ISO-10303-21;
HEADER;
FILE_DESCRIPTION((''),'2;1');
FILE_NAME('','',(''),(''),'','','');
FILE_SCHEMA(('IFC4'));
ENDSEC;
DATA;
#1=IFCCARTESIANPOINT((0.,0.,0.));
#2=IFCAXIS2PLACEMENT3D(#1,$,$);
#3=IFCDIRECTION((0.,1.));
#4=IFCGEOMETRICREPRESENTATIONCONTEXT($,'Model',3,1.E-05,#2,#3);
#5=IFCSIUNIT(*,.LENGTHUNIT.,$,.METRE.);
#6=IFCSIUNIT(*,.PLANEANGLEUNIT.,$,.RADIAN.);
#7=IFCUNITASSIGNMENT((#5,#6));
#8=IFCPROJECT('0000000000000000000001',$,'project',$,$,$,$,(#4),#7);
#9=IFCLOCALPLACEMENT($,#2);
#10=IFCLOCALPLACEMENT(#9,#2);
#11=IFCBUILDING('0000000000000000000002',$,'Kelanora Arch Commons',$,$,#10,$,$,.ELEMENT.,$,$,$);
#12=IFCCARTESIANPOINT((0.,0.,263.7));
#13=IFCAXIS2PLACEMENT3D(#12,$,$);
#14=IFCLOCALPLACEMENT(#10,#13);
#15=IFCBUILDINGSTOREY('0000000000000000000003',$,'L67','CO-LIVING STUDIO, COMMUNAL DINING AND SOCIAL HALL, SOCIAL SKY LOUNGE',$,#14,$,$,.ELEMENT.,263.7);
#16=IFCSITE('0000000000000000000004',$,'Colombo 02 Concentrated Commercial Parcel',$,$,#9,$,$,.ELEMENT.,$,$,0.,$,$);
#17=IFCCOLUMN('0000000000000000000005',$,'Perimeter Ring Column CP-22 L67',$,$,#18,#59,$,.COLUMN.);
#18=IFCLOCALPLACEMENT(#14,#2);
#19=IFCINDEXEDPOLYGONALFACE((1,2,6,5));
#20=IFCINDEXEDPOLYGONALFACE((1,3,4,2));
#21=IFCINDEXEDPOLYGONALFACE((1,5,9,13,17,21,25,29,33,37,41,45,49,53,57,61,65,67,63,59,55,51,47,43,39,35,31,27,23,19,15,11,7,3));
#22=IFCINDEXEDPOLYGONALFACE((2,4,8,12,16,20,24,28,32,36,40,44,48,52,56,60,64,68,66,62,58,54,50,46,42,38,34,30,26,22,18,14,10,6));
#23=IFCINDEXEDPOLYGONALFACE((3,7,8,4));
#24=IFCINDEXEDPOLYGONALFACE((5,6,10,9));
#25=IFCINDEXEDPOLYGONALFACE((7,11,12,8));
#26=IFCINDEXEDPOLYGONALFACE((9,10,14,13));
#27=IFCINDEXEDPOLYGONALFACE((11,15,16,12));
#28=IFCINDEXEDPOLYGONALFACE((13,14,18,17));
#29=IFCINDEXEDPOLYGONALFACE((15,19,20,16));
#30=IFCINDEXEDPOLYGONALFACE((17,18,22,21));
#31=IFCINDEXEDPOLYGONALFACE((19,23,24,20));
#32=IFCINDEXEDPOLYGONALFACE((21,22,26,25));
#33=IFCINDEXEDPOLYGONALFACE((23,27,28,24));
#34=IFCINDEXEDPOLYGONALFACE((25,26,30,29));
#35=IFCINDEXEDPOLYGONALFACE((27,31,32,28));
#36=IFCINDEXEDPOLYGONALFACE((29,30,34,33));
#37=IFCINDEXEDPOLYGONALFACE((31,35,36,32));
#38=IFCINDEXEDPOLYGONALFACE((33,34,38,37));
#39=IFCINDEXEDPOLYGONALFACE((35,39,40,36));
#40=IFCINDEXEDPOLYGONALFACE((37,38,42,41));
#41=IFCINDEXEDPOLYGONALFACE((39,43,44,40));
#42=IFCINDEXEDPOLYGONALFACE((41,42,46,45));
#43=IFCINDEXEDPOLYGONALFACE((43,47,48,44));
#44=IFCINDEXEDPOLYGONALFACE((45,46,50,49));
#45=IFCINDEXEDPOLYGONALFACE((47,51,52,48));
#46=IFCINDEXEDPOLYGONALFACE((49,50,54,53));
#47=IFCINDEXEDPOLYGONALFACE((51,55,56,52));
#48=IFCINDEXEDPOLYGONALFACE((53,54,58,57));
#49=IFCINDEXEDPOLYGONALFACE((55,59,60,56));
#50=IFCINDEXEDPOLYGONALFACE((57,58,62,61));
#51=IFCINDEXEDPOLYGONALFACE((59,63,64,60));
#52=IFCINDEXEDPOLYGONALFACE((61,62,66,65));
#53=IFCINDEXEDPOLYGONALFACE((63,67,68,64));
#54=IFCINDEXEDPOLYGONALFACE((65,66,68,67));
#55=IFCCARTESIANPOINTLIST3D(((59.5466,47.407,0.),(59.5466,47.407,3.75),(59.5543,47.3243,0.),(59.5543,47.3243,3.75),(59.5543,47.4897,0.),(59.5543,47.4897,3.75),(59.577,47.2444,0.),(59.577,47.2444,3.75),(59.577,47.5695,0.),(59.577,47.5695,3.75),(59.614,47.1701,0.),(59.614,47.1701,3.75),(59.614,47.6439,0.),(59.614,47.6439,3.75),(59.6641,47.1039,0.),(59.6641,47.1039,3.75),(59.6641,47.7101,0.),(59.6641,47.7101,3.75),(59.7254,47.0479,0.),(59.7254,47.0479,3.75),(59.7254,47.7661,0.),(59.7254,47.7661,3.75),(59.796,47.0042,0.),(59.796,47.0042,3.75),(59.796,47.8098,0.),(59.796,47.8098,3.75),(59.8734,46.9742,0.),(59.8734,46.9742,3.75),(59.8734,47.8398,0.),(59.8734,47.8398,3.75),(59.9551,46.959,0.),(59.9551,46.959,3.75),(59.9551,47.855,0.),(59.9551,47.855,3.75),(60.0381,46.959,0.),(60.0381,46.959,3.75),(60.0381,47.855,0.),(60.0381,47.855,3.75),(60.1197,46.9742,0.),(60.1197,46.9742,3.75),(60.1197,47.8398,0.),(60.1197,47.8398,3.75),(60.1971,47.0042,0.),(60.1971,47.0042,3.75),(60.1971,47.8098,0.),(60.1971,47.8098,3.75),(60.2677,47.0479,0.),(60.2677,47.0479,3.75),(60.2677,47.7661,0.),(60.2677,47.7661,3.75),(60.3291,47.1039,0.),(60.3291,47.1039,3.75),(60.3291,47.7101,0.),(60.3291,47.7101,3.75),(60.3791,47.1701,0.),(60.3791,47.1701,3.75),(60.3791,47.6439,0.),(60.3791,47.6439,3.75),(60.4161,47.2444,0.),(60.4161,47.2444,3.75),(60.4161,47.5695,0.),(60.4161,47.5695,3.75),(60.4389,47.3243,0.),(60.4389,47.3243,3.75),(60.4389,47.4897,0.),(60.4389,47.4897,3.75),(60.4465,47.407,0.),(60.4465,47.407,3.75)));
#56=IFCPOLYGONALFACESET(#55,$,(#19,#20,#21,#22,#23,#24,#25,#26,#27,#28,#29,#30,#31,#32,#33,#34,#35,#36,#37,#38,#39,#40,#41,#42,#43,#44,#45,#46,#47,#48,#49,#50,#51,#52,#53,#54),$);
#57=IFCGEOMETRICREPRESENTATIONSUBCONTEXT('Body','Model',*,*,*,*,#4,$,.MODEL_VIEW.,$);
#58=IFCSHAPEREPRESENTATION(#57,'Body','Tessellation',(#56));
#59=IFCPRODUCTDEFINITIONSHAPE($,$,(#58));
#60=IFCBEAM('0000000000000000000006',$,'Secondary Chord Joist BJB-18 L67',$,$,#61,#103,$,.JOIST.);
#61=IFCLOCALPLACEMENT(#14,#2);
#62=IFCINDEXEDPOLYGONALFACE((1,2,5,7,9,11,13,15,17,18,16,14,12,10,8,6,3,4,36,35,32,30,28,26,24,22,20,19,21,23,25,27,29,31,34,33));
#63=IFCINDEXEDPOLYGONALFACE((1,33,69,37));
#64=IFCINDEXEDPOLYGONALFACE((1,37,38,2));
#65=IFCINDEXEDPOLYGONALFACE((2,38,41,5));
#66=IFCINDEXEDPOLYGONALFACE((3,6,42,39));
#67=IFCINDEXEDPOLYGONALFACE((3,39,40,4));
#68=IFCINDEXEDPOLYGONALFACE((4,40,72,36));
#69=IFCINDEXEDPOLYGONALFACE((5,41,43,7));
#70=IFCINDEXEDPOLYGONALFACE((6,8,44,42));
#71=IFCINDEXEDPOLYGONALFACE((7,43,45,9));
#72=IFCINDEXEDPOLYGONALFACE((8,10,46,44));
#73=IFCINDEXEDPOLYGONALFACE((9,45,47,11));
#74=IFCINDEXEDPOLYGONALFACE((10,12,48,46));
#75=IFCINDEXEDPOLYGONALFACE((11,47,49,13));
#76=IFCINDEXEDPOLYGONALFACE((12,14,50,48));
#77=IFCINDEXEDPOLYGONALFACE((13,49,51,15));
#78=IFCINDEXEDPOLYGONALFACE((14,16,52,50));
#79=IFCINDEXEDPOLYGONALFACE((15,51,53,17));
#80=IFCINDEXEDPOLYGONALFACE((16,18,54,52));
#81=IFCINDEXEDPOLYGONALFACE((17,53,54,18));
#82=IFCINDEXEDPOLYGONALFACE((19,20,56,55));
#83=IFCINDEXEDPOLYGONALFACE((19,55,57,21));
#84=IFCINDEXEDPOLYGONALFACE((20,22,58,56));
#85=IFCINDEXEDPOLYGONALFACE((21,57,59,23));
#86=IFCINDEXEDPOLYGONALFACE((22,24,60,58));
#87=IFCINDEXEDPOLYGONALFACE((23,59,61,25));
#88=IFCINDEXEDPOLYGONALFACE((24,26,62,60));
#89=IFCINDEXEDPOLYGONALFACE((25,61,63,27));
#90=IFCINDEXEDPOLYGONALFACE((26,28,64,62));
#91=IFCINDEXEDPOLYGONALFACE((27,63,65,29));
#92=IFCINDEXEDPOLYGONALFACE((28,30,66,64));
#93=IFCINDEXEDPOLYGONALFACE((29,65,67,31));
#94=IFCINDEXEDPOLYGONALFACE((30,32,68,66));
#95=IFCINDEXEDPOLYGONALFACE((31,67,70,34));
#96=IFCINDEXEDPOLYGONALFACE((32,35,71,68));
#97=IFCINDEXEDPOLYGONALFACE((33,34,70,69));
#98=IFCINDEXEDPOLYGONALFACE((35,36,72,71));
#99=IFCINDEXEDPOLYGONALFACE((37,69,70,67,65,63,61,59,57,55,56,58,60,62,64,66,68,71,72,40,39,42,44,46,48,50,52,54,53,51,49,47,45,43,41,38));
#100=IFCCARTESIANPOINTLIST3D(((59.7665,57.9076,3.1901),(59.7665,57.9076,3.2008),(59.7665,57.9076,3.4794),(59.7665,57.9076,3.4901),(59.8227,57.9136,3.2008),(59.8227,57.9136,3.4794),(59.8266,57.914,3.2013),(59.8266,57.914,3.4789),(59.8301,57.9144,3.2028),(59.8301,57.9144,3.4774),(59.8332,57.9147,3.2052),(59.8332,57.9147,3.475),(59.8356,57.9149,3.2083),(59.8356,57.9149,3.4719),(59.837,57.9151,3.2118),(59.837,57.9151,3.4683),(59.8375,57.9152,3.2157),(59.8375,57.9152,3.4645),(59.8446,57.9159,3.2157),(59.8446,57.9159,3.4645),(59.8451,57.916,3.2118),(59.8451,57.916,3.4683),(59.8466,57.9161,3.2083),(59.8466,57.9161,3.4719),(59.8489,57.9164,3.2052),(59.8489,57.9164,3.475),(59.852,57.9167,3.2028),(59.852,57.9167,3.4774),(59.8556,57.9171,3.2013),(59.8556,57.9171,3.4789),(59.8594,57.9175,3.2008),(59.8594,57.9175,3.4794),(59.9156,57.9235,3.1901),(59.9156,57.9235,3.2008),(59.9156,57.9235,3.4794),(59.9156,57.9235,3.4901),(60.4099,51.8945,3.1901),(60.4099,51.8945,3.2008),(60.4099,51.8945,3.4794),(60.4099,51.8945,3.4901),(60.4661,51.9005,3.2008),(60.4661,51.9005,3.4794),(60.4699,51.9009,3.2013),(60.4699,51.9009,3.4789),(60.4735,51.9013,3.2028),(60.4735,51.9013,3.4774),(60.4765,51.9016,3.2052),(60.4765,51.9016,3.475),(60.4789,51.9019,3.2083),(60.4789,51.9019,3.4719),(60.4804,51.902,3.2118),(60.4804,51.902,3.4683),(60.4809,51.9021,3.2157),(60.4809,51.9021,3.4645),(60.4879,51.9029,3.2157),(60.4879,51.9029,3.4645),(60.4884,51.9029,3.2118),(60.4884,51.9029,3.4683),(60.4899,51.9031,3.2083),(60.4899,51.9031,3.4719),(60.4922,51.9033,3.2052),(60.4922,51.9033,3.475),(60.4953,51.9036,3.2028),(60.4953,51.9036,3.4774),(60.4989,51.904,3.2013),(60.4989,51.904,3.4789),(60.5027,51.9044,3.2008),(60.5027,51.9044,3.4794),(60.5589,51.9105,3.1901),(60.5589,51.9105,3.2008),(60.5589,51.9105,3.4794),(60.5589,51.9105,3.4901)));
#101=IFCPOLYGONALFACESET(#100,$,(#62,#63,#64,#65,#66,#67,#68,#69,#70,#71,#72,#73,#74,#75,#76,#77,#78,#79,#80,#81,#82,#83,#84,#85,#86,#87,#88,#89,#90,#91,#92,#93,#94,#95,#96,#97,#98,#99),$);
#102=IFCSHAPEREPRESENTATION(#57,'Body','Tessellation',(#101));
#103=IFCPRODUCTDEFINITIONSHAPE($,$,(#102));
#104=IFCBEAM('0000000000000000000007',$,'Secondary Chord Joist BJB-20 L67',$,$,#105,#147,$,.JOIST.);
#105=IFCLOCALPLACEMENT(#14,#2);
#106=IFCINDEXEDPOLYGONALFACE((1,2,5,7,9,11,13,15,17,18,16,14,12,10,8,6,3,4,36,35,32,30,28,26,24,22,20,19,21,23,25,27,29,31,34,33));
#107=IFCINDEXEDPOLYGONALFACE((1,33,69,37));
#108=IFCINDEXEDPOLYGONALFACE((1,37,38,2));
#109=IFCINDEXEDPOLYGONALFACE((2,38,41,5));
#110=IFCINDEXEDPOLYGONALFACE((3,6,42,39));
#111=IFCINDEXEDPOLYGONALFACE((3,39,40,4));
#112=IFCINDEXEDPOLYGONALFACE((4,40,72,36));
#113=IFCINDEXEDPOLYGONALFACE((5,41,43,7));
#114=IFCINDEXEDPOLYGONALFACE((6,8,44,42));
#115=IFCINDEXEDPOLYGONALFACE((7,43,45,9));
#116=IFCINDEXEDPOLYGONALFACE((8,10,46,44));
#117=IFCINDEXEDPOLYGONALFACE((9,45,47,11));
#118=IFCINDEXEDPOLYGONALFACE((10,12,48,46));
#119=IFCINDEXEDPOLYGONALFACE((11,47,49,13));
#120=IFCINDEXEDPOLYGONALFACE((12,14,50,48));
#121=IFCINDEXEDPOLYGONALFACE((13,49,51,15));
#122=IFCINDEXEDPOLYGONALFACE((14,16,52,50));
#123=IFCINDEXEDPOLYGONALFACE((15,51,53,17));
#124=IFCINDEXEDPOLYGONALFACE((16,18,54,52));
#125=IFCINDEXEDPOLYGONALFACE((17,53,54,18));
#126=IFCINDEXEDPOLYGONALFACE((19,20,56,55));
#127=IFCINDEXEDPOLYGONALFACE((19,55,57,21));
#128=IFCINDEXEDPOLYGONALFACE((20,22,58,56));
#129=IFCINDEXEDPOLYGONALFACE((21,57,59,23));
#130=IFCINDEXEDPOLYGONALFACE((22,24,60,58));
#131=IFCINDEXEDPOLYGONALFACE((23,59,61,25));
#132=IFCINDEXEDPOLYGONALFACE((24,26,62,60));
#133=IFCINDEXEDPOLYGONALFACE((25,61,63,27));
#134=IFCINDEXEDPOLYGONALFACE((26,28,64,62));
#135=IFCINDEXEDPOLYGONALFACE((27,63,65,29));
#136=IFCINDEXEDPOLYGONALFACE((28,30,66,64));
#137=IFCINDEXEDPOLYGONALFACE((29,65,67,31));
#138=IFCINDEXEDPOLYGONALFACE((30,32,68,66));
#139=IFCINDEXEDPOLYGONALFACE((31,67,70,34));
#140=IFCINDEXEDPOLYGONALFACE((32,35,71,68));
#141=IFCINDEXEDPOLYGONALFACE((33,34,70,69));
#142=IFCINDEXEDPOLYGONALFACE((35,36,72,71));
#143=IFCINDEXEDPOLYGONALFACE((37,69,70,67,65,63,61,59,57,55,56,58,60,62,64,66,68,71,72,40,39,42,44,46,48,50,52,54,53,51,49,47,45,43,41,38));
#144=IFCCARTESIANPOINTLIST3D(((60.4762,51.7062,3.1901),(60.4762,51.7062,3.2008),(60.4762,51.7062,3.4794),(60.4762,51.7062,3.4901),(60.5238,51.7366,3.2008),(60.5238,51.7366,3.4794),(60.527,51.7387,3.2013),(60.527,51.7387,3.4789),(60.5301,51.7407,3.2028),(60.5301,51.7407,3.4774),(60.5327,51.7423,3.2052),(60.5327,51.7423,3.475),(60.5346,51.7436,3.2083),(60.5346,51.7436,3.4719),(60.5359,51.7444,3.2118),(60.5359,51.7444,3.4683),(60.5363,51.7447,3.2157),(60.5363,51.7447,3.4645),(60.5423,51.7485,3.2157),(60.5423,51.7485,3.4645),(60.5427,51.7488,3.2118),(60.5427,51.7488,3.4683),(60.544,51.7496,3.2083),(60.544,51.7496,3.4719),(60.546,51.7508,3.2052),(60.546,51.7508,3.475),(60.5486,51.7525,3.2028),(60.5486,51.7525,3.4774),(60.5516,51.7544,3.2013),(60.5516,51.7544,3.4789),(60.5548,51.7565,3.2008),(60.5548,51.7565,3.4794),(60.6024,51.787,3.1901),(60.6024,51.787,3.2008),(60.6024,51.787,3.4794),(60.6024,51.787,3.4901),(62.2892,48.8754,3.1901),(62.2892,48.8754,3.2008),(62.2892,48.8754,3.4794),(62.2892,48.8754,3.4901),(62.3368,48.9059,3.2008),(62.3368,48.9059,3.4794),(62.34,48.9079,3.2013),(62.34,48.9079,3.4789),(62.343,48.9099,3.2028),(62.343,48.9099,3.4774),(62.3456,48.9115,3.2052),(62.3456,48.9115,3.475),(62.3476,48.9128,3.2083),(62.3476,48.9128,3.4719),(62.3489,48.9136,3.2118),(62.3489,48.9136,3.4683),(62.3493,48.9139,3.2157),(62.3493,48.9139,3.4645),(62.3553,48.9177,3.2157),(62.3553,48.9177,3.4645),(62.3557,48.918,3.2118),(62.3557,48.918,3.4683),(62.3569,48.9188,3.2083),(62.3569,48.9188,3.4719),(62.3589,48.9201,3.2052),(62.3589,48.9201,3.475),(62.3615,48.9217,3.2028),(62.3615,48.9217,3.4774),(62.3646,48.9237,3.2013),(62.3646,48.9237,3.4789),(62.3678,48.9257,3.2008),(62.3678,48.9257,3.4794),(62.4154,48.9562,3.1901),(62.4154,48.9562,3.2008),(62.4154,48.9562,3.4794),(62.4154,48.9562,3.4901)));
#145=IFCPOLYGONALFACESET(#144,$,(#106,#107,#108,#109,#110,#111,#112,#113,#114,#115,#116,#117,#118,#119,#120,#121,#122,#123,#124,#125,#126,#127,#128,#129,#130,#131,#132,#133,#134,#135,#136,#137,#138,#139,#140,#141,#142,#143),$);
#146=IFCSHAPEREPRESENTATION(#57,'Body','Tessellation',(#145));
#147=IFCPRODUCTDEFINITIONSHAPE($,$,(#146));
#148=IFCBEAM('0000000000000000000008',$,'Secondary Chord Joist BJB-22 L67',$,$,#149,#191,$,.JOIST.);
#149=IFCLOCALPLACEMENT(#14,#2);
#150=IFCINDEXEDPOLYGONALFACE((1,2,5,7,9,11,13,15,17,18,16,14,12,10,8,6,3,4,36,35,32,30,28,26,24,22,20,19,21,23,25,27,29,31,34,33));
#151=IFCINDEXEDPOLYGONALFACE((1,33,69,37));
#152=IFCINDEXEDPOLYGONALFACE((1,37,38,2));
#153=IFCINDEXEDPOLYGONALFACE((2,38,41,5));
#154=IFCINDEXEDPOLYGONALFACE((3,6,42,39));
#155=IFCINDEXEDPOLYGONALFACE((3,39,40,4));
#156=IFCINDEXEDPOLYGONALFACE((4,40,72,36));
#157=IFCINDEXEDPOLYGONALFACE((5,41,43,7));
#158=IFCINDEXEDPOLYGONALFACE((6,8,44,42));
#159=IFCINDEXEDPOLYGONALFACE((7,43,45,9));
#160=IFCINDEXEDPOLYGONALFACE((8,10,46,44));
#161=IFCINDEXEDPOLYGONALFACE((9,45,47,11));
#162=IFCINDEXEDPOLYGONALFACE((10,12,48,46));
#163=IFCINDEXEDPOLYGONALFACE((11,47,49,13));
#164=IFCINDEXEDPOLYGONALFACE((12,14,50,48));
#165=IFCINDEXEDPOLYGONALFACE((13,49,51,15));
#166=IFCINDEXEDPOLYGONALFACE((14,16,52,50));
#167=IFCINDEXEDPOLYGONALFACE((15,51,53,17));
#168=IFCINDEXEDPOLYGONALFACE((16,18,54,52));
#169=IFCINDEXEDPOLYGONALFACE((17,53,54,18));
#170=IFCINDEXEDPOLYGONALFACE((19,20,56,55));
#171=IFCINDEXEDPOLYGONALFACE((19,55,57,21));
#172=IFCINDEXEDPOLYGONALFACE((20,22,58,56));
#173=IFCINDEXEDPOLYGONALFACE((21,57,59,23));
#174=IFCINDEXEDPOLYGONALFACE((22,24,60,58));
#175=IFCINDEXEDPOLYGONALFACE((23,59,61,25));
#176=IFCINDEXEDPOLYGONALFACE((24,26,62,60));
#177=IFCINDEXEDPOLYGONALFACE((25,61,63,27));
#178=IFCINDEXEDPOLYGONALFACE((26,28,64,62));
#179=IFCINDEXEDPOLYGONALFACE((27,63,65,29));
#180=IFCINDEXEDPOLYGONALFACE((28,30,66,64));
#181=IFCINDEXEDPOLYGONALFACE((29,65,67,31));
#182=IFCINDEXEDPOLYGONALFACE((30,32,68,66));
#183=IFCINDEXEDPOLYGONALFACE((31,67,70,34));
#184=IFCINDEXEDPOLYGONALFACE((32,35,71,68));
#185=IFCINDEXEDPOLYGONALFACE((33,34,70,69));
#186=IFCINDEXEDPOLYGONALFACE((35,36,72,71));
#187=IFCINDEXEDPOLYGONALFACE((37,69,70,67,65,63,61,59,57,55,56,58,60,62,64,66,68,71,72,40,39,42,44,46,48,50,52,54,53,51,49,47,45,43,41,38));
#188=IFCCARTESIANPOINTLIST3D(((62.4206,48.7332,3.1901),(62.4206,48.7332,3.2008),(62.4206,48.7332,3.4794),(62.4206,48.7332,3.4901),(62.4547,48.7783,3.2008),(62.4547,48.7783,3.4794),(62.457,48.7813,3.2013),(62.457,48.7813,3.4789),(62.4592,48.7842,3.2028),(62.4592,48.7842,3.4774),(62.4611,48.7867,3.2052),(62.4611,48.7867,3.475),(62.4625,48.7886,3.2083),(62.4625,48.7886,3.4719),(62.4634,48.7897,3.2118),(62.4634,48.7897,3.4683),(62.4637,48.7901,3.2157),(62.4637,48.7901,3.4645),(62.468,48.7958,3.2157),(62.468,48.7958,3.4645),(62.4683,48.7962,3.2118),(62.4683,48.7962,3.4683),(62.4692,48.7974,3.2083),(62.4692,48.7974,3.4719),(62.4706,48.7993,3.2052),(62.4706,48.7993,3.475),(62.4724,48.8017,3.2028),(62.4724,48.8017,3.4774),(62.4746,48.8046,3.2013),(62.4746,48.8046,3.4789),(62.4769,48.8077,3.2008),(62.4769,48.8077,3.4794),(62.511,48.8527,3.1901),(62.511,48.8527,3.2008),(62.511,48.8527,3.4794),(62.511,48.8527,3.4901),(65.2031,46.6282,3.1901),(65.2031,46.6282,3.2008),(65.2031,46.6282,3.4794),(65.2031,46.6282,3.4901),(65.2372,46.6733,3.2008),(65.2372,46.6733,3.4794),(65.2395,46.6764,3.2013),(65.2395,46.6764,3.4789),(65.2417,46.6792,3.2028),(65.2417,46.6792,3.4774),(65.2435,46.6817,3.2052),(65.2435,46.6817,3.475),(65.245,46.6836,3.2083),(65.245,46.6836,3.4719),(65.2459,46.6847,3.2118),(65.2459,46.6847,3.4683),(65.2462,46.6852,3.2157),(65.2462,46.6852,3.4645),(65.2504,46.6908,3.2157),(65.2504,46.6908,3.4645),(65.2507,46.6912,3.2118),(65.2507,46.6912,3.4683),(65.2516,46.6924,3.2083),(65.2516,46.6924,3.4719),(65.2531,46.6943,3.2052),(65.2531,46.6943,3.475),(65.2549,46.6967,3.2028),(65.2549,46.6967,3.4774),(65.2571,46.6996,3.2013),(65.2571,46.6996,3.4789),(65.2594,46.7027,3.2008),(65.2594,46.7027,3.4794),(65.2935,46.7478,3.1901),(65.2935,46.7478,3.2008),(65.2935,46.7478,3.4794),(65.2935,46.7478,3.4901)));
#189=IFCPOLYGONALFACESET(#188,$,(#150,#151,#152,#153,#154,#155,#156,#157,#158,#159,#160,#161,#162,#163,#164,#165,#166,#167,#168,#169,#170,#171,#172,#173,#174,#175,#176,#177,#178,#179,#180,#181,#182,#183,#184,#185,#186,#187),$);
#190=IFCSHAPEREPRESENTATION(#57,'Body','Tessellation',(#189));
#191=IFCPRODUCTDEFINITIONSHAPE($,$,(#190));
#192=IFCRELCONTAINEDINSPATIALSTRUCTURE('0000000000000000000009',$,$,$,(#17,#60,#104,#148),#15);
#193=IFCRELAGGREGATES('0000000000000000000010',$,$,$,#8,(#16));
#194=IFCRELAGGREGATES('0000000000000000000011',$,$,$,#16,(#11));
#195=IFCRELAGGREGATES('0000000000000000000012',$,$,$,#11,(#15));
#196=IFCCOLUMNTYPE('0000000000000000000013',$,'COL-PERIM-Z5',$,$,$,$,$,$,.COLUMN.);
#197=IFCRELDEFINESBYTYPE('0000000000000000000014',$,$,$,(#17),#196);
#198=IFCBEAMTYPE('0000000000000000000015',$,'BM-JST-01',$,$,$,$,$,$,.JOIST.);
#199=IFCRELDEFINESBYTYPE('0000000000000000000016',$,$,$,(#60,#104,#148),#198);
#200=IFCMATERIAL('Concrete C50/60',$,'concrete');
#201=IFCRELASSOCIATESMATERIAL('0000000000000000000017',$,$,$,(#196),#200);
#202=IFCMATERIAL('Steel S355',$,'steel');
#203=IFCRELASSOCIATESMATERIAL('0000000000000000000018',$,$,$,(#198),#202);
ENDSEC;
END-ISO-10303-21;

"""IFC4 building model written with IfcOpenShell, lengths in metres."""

from ifc_helpers import new_model, si_unit, direction, frame, origin, origin_2d, place, context, subcontext, project, spatial, circle, i_section, extrude, material, material_profile, profile_set, type_object, element, save


model = new_model("IFC4")

# Units and contexts
model_context = context("Model", 3, precision=1e-05, world=origin(), true_north=direction((0.0, 1.0)))
body_context = subcontext(model_context, "Body", "Model", "MODEL_VIEW")
ifc_project = project(units=[si_unit("LENGTHUNIT", "METRE"), si_unit("PLANEANGLEUNIT", "RADIAN")], contexts=[model_context])

# Site, building, storey
site_placement = place(None, origin())
site = spatial("IfcSite", under=ifc_project, at=site_placement, Name="Colombo 02 Concentrated Commercial Parcel", CompositionType="ELEMENT", RefElevation=0.0)
building_placement = place(site_placement, origin())
building = spatial("IfcBuilding", under=site, at=building_placement, Name="Kelanora Arch Commons", CompositionType="ELEMENT")
storey_placement = place(building_placement, frame((0.0, 0.0, 263.7)))
storey = spatial("IfcBuildingStorey", under=building, at=storey_placement, Name="L67", Description="CO-LIVING STUDIO, COMMUNAL DINING AND SOCIAL HALL, SOCIAL SKY LOUNGE", CompositionType="ELEMENT", Elevation=263.7)

# Column
ifc_material_1 = material(Name="Concrete C50/60", Category="concrete")
ifc_material_profile_1 = material_profile(ifc_material_1, circle(Radius=0.45, at=origin_2d()), Name="RCC900")
ifc_profile_set_1 = profile_set([ifc_material_profile_1], Name="Concrete C50/60")
column_type = type_object("IfcColumnType", Name="COL-PERIM-Z5", PredefinedType="COLUMN", material=ifc_profile_set_1)
column_placement = place(storey_placement, frame((59.9966, 47.407, 0.0), z_axis=(0.0, 0.0, 1.0), x_axis=(1.0, 0.0, 0.0)))
element("IfcColumn", 1, at=column_placement, inside=storey, type_object=column_type, Name="Perimeter Ring Column CP-22 L67", PredefinedType="COLUMN", context=body_context, shape_type="SweptSolid", body=[
    extrude(circle(Radius=0.45, at=origin_2d()), origin(), (0.0, 0.0, 1.0), 3.75),
])

# Beams
ifc_material_2 = material(Name="Steel S355", Category="steel")
ifc_material_profile_2 = material_profile(ifc_material_2, i_section(OverallWidth=0.1499, OverallDepth=0.3, WebThickness=0.0071, FlangeThickness=0.0107, FilletRadius=0.0149, at=origin_2d()), Name="IPE300")
ifc_profile_set_2 = profile_set([ifc_material_profile_2], Name="Steel S355")
beam_type_1 = type_object("IfcBeamType", Name="BM-JST-01", PredefinedType="JOIST", material=ifc_profile_set_2)
beam_1_placement = place(storey_placement, frame((59.8411, 57.9155, 3.3401), z_axis=(0.106381, -0.994325, 0.0), x_axis=(0.994325, 0.106381, 0.0)))
element("IfcBeam", 2, at=beam_1_placement, inside=storey, type_object=beam_type_1, Name="Secondary Chord Joist BJB-18 L67", PredefinedType="JOIST", context=body_context, shape_type="SweptSolid", body=[
    extrude(i_section(OverallWidth=0.1499, OverallDepth=0.3, WebThickness=0.0071, FlangeThickness=0.0107, FilletRadius=0.0149, at=origin_2d()), origin(), (0.0, 0.0, 1.0), 6.0474),
])
beam_2_placement = place(storey_placement, frame((60.5393, 51.7466, 3.3401), z_axis=(0.539322, -0.8421, 0.0), x_axis=(0.8421, 0.539322, 0.0)))
element("IfcBeam", 3, at=beam_2_placement, inside=storey, type_object=beam_type_1, Name="Secondary Chord Joist BJB-20 L67", PredefinedType="JOIST", context=body_context, shape_type="SweptSolid", body=[
    extrude(i_section(OverallWidth=0.1499, OverallDepth=0.3, WebThickness=0.0071, FlangeThickness=0.0107, FilletRadius=0.0149, at=origin_2d()), origin(), (0.0, 0.0, 1.0), 3.3616),
])
beam_3_placement = place(storey_placement, frame((62.4658, 48.793, 3.3401), z_axis=(0.797499, -0.60332, 0.0), x_axis=(0.60332, 0.797499, 0.0)))
element("IfcBeam", 4, at=beam_3_placement, inside=storey, type_object=beam_type_1, Name="Secondary Chord Joist BJB-22 L67", PredefinedType="JOIST", context=body_context, shape_type="SweptSolid", body=[
    extrude(i_section(OverallWidth=0.1499, OverallDepth=0.3, WebThickness=0.0071, FlangeThickness=0.0107, FilletRadius=0.0149, at=origin_2d()), origin(), (0.0, 0.0, 1.0), 3.489),
])

save(model, "model.ifc")
